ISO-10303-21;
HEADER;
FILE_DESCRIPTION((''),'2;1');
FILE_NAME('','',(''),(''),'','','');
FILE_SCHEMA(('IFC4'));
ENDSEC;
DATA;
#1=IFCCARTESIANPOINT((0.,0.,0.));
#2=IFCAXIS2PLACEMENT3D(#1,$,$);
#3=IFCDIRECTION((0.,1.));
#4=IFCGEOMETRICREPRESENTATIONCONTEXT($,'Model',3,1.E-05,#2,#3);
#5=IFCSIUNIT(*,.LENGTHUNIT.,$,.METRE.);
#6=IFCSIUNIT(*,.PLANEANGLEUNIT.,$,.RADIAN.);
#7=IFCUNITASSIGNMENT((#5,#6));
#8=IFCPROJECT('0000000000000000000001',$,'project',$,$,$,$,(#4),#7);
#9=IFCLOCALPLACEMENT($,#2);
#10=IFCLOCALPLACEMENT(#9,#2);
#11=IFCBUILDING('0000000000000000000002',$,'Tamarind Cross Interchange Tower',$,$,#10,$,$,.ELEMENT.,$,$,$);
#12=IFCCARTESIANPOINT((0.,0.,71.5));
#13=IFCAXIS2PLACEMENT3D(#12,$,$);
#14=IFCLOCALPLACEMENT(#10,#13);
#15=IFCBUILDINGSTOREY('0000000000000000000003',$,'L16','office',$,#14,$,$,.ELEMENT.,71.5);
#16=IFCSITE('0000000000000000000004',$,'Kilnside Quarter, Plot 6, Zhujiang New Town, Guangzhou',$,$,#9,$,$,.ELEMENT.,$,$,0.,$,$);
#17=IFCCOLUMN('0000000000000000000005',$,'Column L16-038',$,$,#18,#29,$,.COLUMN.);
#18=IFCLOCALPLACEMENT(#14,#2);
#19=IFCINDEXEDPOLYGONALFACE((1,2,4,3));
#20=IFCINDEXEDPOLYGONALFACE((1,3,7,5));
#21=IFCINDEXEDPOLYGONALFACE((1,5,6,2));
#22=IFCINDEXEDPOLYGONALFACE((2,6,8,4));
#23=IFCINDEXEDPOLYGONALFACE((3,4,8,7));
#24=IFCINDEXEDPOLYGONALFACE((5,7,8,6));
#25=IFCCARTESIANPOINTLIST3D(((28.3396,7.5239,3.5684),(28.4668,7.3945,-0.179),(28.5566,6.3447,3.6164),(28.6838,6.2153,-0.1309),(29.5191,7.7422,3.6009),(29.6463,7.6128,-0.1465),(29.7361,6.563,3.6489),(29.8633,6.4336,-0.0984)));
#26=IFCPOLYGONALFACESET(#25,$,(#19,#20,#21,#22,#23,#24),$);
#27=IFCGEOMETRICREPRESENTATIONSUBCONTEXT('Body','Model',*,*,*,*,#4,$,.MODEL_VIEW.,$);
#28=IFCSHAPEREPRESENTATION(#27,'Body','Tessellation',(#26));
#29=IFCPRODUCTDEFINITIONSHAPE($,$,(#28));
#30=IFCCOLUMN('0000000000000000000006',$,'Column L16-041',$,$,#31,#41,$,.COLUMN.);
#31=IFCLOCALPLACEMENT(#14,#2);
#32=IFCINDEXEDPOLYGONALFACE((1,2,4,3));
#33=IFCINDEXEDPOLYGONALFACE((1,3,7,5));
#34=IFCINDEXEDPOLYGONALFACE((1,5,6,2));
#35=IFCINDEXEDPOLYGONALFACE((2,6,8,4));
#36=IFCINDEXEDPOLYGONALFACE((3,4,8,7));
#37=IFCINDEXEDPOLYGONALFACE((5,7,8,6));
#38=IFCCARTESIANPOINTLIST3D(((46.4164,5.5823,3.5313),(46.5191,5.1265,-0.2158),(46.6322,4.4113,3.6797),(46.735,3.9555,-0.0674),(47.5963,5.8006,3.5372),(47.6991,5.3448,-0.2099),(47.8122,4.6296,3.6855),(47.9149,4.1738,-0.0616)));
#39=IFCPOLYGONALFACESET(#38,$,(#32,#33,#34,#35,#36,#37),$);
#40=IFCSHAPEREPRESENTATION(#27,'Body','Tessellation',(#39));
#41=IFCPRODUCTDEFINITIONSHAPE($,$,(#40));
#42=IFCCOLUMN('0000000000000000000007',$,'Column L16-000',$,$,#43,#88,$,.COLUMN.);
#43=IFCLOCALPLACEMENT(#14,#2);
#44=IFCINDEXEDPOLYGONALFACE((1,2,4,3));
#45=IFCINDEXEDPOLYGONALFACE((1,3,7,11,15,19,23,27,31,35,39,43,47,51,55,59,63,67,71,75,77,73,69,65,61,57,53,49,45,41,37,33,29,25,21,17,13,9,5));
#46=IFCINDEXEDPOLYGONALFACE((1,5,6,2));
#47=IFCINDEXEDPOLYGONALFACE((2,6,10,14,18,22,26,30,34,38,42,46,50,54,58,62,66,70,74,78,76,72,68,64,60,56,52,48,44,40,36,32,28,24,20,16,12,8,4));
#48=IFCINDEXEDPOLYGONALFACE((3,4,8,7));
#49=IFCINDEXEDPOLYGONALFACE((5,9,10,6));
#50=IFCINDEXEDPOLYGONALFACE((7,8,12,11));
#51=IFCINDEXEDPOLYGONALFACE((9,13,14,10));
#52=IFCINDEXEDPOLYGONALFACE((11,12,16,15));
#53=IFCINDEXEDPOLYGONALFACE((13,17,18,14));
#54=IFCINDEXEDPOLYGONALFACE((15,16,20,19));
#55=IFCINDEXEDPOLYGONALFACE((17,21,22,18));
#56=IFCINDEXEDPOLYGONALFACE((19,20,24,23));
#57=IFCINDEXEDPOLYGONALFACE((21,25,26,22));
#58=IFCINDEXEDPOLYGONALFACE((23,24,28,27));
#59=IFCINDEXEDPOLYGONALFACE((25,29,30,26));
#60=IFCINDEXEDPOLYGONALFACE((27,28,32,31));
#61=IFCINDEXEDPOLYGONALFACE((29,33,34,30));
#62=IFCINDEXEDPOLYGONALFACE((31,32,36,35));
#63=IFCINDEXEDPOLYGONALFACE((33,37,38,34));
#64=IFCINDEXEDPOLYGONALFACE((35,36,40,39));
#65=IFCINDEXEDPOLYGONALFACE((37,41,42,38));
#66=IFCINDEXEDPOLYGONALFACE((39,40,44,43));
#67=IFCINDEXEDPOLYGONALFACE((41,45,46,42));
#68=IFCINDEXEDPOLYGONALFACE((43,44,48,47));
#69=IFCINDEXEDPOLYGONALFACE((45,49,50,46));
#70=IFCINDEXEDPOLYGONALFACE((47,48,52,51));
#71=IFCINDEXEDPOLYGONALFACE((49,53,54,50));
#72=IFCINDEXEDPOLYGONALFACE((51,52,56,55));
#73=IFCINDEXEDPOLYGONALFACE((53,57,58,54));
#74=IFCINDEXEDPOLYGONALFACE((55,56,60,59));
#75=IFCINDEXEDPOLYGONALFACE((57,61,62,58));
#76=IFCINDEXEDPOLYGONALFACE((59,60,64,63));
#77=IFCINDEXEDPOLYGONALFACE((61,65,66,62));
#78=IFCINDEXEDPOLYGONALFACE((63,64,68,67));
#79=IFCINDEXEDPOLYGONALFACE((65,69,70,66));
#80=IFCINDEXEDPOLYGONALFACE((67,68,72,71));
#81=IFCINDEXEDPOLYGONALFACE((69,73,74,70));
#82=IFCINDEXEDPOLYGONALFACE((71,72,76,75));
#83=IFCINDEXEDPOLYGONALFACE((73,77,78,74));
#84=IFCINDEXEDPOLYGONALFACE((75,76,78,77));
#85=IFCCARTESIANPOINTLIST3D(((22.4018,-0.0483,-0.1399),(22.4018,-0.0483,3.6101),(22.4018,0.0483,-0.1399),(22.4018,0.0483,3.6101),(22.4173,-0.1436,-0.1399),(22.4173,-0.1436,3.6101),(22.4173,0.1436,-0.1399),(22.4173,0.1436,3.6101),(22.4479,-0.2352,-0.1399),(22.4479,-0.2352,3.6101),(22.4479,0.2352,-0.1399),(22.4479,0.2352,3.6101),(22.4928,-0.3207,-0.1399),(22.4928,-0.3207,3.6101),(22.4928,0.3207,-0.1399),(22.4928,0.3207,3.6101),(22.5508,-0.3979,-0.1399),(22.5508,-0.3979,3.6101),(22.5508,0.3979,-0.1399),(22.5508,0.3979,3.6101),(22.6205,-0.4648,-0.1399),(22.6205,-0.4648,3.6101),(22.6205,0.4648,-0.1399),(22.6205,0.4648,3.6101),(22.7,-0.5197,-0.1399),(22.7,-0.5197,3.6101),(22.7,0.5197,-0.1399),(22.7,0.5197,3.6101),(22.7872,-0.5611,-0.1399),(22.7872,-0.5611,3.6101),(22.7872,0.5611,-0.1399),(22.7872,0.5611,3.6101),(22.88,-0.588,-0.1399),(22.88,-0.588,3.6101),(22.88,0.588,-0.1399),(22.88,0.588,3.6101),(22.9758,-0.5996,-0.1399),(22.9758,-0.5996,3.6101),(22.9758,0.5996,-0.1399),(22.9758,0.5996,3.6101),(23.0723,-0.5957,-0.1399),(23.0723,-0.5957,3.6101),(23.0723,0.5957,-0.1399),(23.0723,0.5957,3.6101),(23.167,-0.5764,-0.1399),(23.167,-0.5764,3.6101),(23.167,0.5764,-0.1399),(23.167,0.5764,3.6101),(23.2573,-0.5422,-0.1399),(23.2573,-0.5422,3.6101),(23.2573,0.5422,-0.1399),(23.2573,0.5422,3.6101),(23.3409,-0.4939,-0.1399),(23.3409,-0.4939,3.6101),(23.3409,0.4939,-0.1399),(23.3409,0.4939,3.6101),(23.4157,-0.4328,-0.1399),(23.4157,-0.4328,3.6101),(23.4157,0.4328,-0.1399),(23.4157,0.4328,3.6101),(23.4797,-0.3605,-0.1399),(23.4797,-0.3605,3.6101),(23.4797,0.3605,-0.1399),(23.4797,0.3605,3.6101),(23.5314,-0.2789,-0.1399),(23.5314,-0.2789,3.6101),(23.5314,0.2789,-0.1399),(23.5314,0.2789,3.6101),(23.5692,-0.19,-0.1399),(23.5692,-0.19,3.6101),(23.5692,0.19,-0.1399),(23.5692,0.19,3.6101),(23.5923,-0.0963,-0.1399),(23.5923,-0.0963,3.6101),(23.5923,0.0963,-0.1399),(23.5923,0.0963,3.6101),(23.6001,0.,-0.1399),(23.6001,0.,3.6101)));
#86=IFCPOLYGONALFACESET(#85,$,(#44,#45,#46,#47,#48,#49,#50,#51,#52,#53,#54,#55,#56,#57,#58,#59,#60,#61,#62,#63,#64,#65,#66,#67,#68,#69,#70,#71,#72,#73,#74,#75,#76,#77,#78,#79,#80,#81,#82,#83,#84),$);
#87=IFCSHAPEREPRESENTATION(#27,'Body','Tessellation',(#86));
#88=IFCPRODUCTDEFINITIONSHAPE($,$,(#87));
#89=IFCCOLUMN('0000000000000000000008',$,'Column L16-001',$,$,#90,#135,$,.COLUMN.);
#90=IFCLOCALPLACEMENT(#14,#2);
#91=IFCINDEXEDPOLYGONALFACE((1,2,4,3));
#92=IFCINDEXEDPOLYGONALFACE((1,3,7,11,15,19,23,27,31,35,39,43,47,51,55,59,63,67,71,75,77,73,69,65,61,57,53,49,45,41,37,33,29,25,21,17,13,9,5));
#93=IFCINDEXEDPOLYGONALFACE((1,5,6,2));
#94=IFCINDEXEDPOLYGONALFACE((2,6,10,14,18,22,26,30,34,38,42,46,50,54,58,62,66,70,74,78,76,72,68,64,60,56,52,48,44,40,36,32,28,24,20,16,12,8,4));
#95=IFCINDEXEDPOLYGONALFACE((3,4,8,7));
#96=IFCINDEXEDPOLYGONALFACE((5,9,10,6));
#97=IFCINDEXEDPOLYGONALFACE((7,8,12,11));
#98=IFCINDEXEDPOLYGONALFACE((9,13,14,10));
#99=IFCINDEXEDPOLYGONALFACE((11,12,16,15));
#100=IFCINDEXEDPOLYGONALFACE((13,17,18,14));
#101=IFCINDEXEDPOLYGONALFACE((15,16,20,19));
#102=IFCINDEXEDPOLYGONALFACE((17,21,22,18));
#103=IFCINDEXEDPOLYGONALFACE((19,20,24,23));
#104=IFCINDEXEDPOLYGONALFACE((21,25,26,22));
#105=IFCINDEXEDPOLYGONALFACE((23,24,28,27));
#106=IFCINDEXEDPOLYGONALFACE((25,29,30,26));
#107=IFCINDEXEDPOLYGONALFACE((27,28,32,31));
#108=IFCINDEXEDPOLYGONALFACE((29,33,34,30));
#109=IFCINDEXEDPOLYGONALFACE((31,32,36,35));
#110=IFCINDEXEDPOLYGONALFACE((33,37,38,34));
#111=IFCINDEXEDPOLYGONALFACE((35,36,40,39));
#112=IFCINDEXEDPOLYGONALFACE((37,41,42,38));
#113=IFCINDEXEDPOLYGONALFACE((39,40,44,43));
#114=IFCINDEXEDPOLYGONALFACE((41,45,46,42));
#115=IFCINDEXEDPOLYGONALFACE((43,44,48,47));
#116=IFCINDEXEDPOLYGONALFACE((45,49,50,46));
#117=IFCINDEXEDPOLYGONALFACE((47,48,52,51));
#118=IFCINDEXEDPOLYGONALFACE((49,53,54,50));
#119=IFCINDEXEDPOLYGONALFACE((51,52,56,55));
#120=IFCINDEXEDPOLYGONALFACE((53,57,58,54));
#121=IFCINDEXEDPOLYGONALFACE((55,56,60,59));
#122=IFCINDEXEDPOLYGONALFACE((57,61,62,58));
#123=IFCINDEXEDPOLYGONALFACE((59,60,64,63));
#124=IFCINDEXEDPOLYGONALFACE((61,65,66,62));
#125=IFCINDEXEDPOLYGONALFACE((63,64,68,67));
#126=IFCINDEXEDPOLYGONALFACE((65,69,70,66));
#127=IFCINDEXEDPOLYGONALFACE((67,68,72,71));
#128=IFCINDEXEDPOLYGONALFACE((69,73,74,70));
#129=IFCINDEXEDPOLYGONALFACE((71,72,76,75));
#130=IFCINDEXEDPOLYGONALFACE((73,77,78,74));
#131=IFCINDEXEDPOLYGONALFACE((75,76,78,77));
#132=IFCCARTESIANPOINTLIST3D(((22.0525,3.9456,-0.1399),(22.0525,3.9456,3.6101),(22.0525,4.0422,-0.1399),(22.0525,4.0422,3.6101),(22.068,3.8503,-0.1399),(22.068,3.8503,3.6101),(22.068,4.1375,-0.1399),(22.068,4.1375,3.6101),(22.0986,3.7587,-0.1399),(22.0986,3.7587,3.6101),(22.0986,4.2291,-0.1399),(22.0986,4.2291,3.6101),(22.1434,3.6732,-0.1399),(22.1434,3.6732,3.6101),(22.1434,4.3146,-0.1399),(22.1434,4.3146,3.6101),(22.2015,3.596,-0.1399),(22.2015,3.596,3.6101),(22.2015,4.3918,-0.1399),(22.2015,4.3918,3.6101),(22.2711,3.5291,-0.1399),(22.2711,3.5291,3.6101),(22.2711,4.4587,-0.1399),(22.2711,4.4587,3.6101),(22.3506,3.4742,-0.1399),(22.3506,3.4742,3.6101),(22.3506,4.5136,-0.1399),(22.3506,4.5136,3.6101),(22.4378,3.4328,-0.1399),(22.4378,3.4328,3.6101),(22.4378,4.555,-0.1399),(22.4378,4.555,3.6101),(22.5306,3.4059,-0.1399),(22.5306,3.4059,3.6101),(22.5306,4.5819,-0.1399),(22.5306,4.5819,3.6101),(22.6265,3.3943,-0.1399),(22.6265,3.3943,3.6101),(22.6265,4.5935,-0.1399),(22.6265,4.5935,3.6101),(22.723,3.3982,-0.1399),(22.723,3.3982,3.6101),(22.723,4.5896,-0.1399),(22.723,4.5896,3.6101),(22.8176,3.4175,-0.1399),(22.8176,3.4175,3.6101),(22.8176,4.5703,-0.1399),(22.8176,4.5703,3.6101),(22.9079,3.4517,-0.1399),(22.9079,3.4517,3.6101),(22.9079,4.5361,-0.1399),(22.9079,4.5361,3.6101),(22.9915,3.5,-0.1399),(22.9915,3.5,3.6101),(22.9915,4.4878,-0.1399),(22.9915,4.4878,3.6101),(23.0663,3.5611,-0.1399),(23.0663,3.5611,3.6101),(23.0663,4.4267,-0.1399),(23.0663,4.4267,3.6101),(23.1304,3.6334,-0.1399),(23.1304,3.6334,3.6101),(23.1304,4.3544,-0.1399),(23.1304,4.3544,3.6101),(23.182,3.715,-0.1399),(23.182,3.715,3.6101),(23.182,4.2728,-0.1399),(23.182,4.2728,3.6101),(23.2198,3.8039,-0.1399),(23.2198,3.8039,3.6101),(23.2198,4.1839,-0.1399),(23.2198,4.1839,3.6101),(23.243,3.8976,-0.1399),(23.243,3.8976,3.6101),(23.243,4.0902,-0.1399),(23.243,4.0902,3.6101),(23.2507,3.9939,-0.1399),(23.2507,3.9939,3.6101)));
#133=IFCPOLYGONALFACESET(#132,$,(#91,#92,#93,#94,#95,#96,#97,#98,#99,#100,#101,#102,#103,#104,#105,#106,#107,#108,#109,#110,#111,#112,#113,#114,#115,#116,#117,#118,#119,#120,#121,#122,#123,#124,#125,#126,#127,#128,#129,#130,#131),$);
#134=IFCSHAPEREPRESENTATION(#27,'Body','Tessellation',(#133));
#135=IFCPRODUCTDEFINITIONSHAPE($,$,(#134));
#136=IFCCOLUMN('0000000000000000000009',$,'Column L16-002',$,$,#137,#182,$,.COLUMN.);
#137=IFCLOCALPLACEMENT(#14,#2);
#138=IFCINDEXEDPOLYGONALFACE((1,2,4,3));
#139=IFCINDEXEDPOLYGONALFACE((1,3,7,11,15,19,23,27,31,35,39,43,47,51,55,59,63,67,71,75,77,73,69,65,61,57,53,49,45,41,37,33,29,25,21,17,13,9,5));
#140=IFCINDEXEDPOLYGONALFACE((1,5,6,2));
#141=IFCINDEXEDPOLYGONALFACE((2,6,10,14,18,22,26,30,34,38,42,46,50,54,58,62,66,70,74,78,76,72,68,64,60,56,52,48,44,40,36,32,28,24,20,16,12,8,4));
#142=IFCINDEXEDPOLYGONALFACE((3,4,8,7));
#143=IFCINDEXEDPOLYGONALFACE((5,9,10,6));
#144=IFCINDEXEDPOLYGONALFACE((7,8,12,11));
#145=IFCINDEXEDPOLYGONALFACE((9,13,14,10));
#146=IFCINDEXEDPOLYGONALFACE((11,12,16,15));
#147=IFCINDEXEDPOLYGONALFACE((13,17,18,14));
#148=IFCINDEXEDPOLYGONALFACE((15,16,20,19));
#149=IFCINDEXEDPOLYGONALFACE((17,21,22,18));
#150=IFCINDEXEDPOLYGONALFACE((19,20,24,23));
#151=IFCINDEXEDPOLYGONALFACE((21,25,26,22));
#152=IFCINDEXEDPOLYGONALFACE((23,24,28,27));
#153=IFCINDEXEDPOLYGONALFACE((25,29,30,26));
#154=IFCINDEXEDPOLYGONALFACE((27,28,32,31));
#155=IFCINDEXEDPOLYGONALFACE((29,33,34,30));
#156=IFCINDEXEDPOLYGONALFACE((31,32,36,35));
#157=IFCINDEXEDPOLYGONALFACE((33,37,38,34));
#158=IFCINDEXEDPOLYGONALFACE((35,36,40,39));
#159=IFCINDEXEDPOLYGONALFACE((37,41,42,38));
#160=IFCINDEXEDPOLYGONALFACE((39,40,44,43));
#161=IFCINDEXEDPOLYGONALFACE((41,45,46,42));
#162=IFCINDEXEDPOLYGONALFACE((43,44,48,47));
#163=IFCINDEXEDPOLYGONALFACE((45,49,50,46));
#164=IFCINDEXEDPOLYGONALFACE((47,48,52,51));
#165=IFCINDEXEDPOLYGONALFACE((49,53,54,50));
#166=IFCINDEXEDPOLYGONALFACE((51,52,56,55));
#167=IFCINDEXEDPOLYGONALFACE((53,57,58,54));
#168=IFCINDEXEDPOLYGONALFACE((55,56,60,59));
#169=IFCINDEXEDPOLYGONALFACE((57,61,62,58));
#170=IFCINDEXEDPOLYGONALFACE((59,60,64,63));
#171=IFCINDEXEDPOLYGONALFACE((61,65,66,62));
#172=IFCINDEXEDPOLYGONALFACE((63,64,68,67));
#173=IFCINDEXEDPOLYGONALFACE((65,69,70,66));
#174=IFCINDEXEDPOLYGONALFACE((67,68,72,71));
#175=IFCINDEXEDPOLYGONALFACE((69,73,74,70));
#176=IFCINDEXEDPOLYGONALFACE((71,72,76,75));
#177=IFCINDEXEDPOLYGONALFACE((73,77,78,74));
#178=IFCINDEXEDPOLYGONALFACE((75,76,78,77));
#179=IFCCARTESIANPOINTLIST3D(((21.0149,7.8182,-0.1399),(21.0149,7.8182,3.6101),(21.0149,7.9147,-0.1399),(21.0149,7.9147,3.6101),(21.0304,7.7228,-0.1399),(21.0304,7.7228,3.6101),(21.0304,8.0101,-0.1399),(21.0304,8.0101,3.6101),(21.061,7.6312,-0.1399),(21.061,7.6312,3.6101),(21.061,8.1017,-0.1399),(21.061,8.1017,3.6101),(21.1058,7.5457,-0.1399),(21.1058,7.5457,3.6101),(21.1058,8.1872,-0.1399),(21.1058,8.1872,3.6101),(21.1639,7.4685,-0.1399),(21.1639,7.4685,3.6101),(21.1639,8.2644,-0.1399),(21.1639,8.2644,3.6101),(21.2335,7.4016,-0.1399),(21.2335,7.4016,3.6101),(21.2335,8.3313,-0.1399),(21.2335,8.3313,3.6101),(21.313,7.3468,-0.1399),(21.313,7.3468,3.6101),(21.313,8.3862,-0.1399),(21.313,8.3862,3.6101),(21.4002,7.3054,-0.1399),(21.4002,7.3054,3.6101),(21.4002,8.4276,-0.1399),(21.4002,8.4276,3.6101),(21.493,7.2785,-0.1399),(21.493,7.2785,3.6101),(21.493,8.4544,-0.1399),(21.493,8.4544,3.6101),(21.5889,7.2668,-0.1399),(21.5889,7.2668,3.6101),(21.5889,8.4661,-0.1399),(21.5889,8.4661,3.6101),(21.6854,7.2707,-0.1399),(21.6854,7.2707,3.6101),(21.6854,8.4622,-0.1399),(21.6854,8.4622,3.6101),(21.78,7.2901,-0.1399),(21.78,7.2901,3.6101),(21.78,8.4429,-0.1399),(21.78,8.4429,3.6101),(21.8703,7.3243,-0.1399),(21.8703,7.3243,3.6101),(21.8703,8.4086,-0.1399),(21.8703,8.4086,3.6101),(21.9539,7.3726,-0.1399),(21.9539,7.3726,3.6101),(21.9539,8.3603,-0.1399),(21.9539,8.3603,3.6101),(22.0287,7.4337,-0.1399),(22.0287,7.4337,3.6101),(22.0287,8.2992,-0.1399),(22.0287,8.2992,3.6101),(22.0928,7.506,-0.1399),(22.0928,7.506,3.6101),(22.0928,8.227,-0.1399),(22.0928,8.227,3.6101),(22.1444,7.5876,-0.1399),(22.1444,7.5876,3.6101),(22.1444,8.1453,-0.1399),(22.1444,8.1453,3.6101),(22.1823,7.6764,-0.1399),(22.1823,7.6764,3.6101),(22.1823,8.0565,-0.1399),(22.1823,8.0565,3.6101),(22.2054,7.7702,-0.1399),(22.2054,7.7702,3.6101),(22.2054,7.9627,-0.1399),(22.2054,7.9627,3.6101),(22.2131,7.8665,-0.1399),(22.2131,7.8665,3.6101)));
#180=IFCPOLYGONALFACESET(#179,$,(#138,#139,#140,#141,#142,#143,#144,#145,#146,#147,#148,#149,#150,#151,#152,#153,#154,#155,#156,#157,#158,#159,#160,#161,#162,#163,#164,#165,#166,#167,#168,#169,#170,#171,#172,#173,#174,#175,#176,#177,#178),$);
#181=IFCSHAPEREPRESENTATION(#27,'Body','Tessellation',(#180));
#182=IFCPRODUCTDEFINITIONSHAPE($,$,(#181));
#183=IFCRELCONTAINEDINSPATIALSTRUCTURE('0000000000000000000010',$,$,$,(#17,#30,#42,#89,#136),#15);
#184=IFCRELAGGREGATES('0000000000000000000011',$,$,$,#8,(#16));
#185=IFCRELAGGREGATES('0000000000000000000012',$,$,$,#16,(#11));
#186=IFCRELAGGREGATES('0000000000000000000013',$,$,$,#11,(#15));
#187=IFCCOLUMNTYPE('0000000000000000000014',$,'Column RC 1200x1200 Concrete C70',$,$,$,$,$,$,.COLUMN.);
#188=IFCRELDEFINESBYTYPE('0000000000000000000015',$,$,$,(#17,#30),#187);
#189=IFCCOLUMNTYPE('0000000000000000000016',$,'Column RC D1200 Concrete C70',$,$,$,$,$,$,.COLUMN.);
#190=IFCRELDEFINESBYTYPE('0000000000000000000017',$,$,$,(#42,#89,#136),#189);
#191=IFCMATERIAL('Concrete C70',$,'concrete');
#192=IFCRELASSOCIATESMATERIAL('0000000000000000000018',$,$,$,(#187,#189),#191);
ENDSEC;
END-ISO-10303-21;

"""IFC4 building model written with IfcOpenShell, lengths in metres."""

from ifc_helpers import new_model, si_unit, direction, frame, origin, origin_2d, place, context, subcontext, project, spatial, rectangle, circle, extrude, material, material_profile, profile_set, type_object, element, save


model = new_model("IFC4")

# Units and contexts
model_context = context("Model", 3, precision=1e-05, world=origin(), true_north=direction((0.0, 1.0)))
body_context = subcontext(model_context, "Body", "Model", "MODEL_VIEW")
ifc_project = project(units=[si_unit("LENGTHUNIT", "METRE"), si_unit("PLANEANGLEUNIT", "RADIAN")], contexts=[model_context])

# Site, building, storey
site_placement = place(None, origin())
site = spatial("IfcSite", under=ifc_project, at=site_placement, Name="Kilnside Quarter, Plot 6, Zhujiang New Town, Guangzhou", CompositionType="ELEMENT", RefElevation=0.0)
building_placement = place(site_placement, origin())
building = spatial("IfcBuilding", under=site, at=building_placement, Name="Tamarind Cross Interchange Tower", CompositionType="ELEMENT")
storey_placement = place(building_placement, frame((0.0, 0.0, 71.5)))
storey = spatial("IfcBuildingStorey", under=building, at=storey_placement, Name="L16", Description="office", CompositionType="ELEMENT", Elevation=71.5)

# Columns
ifc_material_1 = material(Name="Concrete C70", Category="concrete")
ifc_material_profile_1 = material_profile(ifc_material_1, rectangle(XDim=1.2, YDim=1.2, at=origin_2d()), Name="RC 1200x1200")
ifc_profile_set_1 = profile_set([ifc_material_profile_1], Name="Concrete C70")
column_type_1 = type_object("IfcColumnType", Name="Column RC 1200x1200 Concrete C70", PredefinedType="COLUMN", material=ifc_profile_set_1)
column_1_placement = place(storey_placement, frame((29.165, 6.9141, -0.1387), z_axis=(-0.033904, 0.03449, 0.99883), x_axis=(0.180809, -0.982702, 0.04007)))
element("IfcColumn", 1, at=column_1_placement, inside=storey, type_object=column_type_1, Name="Column L16-038", PredefinedType="COLUMN", context=body_context, shape_type="SweptSolid", body=[
    extrude(rectangle(XDim=1.2, YDim=1.2, at=origin_2d()), origin(), (0.0, 0.0, 1.0), 3.7517),
])
column_2_placement = place(storey_placement, frame((47.217, 4.6501, -0.1387), z_axis=(-0.027219, 0.12071, 0.992315), x_axis=(0.179894, -0.975884, 0.123645)))
element("IfcColumn", 2, at=column_2_placement, inside=storey, type_object=column_type_1, Name="Column L16-041", PredefinedType="COLUMN", context=body_context, shape_type="SweptSolid", body=[
    extrude(rectangle(XDim=1.2, YDim=1.2, at=origin_2d()), origin(), (0.0, 0.0, 1.0), 3.7761),
])
ifc_material_profile_2 = material_profile(ifc_material_1, circle(Radius=0.6001, at=origin_2d()), Name="RC D1200")
ifc_profile_set_2 = profile_set([ifc_material_profile_2], Name="Concrete C70")
column_type_2 = type_object("IfcColumnType", Name="Column RC D1200 Concrete C70", PredefinedType="COLUMN", material=ifc_profile_set_2)
for number, where, z_axis, x_axis, name in (
    (3, (23.0, 0.0, -0.1399), (0.0, 0.0, 1.0), (1.0, 0.0, 0.0), "Column L16-000"),
    (4, (22.6506, 3.9939, -0.1399), (0.0, 0.0, 1.0), (1.0, 0.0, 0.0), "Column L16-001"),
    (5, (21.613, 7.8665, -0.1399), (0.0, 0.0, 1.0), (1.0, 0.0, 0.0), "Column L16-002"),
):
    element("IfcColumn", number, at=place(storey_placement, frame(where, z_axis=z_axis, x_axis=x_axis)), inside=storey, type_object=column_type_2, Name=name, PredefinedType="COLUMN", context=body_context, shape_type="SweptSolid", body=[
        extrude(circle(Radius=0.6001, at=origin_2d()), origin(), (0.0, 0.0, 1.0), 3.75),
    ])

save(model, "model.ifc")
